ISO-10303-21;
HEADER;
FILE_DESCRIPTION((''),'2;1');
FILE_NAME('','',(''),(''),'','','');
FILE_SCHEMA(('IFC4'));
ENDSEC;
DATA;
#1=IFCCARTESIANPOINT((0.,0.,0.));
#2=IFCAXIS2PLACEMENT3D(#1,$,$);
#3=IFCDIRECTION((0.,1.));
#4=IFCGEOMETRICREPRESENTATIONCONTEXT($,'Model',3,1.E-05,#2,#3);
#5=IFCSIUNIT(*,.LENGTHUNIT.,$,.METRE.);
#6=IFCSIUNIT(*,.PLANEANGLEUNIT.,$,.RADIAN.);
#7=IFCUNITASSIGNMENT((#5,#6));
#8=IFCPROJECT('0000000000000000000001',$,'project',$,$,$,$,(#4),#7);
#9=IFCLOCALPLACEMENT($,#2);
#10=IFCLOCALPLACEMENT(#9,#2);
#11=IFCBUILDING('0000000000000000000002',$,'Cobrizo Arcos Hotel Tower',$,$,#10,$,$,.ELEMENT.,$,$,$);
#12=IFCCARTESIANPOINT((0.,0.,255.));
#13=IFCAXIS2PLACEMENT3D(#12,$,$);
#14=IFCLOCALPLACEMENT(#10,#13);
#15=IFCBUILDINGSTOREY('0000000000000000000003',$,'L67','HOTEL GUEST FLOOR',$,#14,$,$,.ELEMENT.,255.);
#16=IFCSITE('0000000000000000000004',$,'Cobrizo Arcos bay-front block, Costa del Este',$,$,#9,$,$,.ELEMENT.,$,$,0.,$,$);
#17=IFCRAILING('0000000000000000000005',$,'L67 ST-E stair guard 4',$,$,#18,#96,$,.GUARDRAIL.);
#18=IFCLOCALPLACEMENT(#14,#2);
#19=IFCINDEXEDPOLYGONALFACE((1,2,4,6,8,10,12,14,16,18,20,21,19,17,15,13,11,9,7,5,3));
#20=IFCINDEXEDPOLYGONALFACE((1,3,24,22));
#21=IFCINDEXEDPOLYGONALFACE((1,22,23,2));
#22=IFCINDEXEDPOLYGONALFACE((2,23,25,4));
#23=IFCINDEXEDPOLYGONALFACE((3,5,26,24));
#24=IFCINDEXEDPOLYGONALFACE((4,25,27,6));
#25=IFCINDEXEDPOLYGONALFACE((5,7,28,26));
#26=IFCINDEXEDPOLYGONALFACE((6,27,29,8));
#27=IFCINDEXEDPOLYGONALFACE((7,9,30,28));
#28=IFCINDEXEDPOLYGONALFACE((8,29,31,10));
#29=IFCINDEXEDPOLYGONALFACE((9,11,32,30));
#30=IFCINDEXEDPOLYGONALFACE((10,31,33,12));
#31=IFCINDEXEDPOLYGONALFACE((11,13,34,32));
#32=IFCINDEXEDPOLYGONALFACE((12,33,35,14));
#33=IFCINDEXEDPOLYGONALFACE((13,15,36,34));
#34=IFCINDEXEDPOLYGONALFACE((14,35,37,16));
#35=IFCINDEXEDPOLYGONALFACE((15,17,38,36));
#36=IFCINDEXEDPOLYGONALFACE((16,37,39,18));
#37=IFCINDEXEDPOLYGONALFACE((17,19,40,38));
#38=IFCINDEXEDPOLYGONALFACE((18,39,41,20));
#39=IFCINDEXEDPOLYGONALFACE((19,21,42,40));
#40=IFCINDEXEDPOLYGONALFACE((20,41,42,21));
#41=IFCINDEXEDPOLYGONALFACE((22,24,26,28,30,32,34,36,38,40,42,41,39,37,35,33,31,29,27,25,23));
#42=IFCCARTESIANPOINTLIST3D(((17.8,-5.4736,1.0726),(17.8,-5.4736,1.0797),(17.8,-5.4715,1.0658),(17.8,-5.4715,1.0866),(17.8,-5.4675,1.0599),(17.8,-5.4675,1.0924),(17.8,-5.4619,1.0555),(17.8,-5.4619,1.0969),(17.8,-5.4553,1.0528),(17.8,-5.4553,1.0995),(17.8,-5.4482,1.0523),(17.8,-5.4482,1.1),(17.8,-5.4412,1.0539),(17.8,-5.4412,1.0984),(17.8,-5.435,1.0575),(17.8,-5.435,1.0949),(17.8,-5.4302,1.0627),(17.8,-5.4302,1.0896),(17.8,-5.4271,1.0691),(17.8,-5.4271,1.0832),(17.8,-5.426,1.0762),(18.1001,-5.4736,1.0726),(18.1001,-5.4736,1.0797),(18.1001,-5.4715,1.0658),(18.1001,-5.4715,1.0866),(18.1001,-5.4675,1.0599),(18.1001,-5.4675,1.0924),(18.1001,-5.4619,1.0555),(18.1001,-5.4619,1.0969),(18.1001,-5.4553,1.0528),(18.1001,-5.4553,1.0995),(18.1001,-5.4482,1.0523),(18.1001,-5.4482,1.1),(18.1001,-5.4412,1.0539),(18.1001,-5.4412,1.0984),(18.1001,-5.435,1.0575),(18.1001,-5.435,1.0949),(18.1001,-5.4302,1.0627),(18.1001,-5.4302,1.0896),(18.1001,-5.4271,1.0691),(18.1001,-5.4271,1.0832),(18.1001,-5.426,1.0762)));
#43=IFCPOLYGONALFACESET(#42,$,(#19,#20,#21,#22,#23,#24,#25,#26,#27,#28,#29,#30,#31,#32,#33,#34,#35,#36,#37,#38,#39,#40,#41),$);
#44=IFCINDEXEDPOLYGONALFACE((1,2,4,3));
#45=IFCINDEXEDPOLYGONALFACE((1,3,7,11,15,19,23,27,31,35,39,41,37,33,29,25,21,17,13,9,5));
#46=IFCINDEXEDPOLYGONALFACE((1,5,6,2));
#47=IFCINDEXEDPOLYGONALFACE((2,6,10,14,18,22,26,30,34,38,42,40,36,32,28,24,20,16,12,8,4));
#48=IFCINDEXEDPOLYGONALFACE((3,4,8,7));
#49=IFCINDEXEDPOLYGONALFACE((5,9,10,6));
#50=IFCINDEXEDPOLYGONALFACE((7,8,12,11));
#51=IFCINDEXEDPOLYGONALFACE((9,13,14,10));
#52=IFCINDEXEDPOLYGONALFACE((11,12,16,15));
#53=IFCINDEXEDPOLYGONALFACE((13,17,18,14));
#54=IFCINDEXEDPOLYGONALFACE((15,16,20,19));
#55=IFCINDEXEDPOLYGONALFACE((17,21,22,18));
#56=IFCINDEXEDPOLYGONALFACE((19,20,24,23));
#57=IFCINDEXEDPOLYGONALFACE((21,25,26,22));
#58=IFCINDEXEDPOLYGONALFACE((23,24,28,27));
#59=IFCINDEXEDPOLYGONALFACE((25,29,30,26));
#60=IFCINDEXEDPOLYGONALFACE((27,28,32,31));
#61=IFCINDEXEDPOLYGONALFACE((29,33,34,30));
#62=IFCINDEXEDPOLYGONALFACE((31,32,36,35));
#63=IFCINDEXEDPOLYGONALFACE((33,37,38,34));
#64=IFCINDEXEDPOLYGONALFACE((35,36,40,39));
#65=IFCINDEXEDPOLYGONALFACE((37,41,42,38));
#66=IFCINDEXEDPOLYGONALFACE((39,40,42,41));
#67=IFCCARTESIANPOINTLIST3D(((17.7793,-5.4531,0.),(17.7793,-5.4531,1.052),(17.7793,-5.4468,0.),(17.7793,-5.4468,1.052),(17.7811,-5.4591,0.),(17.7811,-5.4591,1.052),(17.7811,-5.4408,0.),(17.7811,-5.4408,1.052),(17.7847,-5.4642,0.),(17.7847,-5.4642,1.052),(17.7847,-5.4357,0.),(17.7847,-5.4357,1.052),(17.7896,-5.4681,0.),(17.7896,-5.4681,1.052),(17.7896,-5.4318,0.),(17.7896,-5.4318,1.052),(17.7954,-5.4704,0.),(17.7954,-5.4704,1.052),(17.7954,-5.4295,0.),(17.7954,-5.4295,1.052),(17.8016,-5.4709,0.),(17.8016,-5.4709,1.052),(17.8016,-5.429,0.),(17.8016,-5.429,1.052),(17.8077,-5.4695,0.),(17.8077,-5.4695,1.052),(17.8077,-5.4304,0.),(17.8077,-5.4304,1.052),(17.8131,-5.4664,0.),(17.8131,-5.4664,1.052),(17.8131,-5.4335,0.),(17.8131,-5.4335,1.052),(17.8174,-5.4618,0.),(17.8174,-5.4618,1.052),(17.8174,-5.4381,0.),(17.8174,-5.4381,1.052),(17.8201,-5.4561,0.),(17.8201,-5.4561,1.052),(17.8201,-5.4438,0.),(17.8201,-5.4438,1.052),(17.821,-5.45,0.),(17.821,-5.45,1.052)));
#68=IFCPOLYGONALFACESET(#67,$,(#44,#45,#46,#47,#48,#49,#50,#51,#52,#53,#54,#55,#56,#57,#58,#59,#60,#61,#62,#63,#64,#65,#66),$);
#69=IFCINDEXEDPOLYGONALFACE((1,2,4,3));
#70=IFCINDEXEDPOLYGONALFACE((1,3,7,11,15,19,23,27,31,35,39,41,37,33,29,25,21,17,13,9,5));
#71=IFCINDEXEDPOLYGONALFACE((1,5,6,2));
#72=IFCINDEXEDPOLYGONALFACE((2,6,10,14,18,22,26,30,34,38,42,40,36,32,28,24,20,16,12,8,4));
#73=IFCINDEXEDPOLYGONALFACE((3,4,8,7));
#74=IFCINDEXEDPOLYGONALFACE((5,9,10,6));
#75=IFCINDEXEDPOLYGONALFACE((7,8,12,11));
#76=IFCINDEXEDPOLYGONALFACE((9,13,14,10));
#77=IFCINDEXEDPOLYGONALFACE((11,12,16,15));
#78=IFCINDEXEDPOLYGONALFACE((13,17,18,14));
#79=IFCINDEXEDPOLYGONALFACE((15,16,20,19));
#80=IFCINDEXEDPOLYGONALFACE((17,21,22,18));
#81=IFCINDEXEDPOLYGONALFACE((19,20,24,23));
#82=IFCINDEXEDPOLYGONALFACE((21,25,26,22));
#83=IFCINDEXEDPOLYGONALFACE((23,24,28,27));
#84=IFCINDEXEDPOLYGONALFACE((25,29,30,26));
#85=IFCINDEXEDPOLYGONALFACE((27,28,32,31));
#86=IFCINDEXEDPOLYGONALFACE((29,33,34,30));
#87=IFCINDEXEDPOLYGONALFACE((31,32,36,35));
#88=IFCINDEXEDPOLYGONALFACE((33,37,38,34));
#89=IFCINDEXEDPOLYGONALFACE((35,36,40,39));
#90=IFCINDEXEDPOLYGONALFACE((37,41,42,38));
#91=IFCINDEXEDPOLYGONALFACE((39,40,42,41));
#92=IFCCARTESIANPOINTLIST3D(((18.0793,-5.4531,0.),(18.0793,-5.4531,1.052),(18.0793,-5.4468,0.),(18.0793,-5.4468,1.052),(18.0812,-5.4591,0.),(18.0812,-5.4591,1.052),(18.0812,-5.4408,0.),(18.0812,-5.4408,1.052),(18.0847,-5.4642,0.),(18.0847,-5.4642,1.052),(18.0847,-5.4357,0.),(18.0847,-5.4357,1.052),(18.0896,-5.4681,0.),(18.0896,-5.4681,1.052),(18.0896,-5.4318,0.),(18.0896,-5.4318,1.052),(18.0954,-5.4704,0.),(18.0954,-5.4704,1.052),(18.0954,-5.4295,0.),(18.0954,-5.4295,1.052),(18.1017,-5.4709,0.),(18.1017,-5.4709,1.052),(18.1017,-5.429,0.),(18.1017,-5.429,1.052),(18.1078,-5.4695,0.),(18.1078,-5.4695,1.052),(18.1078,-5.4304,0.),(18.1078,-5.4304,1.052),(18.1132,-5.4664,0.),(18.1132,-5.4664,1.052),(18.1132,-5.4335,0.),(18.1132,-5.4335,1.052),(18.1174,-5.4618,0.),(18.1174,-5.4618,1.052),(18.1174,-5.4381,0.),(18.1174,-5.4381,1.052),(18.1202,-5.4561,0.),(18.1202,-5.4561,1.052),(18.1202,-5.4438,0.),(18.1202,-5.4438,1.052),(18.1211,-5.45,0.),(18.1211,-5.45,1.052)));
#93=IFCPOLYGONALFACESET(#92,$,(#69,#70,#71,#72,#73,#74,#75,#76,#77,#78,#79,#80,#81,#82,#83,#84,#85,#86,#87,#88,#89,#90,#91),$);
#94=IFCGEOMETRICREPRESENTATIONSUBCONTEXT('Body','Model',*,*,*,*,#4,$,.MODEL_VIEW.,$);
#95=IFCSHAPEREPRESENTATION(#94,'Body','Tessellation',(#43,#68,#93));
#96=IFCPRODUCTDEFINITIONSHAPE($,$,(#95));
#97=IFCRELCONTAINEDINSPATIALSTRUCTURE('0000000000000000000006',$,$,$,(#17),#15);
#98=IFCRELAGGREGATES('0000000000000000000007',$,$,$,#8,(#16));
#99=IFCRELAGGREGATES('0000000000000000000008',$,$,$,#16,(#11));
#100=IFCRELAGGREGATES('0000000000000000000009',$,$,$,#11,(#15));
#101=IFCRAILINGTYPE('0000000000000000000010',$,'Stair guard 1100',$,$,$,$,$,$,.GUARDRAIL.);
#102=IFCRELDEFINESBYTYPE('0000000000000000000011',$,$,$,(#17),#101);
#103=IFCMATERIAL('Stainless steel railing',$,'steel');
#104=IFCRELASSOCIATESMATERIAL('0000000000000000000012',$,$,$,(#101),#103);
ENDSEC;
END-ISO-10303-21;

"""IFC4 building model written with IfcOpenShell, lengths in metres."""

from ifc_helpers import new_model, si_unit, direction, frame, origin, origin_2d, place, context, subcontext, project, spatial, circle, extrude, material, type_object, element, save


model = new_model("IFC4")

# Units and contexts
model_context = context("Model", 3, precision=1e-05, world=origin(), true_north=direction((0.0, 1.0)))
body_context = subcontext(model_context, "Body", "Model", "MODEL_VIEW")
ifc_project = project(units=[si_unit("LENGTHUNIT", "METRE"), si_unit("PLANEANGLEUNIT", "RADIAN")], contexts=[model_context])

# Site, building, storey
site_placement = place(None, origin())
site = spatial("IfcSite", under=ifc_project, at=site_placement, Name="Cobrizo Arcos bay-front block, Costa del Este", CompositionType="ELEMENT", RefElevation=0.0)
building_placement = place(site_placement, origin())
building = spatial("IfcBuilding", under=site, at=building_placement, Name="Cobrizo Arcos Hotel Tower", CompositionType="ELEMENT")
storey_placement = place(building_placement, frame((0.0, 0.0, 255.0)))
storey = spatial("IfcBuildingStorey", under=building, at=storey_placement, Name="L67", Description="HOTEL GUEST FLOOR", CompositionType="ELEMENT", Elevation=255.0)

# Railing
ifc_material_1 = material(Name="Stainless steel railing", Category="steel")
railing_type_1 = type_object("IfcRailingType", Name="Stair guard 1100", PredefinedType="GUARDRAIL", material=ifc_material_1)
railing_1_placement = place(storey_placement, frame((17.8, -5.45, 0.0)))
element("IfcRailing", 1, at=railing_1_placement, inside=storey, type_object=railing_type_1, Name="L67 ST-E stair guard 4", PredefinedType="GUARDRAIL", context=body_context, shape_type="SweptSolid", body=[
    extrude(circle(Radius=0.0239, at=origin_2d()), frame((0.0, 0.0, 1.0762), z_axis=(1.0, 0.0, 0.0), x_axis=(0.0, 1.0, 0.0)), (0.0, 0.0, 1.0), 0.3),
    extrude(circle(Radius=0.021, at=origin_2d()), origin(), (0.0, 0.0, 1.0), 1.052),
    extrude(circle(Radius=0.021, at=origin_2d()), frame((0.3, 0.0, 0.0)), (0.0, 0.0, 1.0), 1.052),
])

save(model, "model.ifc")
